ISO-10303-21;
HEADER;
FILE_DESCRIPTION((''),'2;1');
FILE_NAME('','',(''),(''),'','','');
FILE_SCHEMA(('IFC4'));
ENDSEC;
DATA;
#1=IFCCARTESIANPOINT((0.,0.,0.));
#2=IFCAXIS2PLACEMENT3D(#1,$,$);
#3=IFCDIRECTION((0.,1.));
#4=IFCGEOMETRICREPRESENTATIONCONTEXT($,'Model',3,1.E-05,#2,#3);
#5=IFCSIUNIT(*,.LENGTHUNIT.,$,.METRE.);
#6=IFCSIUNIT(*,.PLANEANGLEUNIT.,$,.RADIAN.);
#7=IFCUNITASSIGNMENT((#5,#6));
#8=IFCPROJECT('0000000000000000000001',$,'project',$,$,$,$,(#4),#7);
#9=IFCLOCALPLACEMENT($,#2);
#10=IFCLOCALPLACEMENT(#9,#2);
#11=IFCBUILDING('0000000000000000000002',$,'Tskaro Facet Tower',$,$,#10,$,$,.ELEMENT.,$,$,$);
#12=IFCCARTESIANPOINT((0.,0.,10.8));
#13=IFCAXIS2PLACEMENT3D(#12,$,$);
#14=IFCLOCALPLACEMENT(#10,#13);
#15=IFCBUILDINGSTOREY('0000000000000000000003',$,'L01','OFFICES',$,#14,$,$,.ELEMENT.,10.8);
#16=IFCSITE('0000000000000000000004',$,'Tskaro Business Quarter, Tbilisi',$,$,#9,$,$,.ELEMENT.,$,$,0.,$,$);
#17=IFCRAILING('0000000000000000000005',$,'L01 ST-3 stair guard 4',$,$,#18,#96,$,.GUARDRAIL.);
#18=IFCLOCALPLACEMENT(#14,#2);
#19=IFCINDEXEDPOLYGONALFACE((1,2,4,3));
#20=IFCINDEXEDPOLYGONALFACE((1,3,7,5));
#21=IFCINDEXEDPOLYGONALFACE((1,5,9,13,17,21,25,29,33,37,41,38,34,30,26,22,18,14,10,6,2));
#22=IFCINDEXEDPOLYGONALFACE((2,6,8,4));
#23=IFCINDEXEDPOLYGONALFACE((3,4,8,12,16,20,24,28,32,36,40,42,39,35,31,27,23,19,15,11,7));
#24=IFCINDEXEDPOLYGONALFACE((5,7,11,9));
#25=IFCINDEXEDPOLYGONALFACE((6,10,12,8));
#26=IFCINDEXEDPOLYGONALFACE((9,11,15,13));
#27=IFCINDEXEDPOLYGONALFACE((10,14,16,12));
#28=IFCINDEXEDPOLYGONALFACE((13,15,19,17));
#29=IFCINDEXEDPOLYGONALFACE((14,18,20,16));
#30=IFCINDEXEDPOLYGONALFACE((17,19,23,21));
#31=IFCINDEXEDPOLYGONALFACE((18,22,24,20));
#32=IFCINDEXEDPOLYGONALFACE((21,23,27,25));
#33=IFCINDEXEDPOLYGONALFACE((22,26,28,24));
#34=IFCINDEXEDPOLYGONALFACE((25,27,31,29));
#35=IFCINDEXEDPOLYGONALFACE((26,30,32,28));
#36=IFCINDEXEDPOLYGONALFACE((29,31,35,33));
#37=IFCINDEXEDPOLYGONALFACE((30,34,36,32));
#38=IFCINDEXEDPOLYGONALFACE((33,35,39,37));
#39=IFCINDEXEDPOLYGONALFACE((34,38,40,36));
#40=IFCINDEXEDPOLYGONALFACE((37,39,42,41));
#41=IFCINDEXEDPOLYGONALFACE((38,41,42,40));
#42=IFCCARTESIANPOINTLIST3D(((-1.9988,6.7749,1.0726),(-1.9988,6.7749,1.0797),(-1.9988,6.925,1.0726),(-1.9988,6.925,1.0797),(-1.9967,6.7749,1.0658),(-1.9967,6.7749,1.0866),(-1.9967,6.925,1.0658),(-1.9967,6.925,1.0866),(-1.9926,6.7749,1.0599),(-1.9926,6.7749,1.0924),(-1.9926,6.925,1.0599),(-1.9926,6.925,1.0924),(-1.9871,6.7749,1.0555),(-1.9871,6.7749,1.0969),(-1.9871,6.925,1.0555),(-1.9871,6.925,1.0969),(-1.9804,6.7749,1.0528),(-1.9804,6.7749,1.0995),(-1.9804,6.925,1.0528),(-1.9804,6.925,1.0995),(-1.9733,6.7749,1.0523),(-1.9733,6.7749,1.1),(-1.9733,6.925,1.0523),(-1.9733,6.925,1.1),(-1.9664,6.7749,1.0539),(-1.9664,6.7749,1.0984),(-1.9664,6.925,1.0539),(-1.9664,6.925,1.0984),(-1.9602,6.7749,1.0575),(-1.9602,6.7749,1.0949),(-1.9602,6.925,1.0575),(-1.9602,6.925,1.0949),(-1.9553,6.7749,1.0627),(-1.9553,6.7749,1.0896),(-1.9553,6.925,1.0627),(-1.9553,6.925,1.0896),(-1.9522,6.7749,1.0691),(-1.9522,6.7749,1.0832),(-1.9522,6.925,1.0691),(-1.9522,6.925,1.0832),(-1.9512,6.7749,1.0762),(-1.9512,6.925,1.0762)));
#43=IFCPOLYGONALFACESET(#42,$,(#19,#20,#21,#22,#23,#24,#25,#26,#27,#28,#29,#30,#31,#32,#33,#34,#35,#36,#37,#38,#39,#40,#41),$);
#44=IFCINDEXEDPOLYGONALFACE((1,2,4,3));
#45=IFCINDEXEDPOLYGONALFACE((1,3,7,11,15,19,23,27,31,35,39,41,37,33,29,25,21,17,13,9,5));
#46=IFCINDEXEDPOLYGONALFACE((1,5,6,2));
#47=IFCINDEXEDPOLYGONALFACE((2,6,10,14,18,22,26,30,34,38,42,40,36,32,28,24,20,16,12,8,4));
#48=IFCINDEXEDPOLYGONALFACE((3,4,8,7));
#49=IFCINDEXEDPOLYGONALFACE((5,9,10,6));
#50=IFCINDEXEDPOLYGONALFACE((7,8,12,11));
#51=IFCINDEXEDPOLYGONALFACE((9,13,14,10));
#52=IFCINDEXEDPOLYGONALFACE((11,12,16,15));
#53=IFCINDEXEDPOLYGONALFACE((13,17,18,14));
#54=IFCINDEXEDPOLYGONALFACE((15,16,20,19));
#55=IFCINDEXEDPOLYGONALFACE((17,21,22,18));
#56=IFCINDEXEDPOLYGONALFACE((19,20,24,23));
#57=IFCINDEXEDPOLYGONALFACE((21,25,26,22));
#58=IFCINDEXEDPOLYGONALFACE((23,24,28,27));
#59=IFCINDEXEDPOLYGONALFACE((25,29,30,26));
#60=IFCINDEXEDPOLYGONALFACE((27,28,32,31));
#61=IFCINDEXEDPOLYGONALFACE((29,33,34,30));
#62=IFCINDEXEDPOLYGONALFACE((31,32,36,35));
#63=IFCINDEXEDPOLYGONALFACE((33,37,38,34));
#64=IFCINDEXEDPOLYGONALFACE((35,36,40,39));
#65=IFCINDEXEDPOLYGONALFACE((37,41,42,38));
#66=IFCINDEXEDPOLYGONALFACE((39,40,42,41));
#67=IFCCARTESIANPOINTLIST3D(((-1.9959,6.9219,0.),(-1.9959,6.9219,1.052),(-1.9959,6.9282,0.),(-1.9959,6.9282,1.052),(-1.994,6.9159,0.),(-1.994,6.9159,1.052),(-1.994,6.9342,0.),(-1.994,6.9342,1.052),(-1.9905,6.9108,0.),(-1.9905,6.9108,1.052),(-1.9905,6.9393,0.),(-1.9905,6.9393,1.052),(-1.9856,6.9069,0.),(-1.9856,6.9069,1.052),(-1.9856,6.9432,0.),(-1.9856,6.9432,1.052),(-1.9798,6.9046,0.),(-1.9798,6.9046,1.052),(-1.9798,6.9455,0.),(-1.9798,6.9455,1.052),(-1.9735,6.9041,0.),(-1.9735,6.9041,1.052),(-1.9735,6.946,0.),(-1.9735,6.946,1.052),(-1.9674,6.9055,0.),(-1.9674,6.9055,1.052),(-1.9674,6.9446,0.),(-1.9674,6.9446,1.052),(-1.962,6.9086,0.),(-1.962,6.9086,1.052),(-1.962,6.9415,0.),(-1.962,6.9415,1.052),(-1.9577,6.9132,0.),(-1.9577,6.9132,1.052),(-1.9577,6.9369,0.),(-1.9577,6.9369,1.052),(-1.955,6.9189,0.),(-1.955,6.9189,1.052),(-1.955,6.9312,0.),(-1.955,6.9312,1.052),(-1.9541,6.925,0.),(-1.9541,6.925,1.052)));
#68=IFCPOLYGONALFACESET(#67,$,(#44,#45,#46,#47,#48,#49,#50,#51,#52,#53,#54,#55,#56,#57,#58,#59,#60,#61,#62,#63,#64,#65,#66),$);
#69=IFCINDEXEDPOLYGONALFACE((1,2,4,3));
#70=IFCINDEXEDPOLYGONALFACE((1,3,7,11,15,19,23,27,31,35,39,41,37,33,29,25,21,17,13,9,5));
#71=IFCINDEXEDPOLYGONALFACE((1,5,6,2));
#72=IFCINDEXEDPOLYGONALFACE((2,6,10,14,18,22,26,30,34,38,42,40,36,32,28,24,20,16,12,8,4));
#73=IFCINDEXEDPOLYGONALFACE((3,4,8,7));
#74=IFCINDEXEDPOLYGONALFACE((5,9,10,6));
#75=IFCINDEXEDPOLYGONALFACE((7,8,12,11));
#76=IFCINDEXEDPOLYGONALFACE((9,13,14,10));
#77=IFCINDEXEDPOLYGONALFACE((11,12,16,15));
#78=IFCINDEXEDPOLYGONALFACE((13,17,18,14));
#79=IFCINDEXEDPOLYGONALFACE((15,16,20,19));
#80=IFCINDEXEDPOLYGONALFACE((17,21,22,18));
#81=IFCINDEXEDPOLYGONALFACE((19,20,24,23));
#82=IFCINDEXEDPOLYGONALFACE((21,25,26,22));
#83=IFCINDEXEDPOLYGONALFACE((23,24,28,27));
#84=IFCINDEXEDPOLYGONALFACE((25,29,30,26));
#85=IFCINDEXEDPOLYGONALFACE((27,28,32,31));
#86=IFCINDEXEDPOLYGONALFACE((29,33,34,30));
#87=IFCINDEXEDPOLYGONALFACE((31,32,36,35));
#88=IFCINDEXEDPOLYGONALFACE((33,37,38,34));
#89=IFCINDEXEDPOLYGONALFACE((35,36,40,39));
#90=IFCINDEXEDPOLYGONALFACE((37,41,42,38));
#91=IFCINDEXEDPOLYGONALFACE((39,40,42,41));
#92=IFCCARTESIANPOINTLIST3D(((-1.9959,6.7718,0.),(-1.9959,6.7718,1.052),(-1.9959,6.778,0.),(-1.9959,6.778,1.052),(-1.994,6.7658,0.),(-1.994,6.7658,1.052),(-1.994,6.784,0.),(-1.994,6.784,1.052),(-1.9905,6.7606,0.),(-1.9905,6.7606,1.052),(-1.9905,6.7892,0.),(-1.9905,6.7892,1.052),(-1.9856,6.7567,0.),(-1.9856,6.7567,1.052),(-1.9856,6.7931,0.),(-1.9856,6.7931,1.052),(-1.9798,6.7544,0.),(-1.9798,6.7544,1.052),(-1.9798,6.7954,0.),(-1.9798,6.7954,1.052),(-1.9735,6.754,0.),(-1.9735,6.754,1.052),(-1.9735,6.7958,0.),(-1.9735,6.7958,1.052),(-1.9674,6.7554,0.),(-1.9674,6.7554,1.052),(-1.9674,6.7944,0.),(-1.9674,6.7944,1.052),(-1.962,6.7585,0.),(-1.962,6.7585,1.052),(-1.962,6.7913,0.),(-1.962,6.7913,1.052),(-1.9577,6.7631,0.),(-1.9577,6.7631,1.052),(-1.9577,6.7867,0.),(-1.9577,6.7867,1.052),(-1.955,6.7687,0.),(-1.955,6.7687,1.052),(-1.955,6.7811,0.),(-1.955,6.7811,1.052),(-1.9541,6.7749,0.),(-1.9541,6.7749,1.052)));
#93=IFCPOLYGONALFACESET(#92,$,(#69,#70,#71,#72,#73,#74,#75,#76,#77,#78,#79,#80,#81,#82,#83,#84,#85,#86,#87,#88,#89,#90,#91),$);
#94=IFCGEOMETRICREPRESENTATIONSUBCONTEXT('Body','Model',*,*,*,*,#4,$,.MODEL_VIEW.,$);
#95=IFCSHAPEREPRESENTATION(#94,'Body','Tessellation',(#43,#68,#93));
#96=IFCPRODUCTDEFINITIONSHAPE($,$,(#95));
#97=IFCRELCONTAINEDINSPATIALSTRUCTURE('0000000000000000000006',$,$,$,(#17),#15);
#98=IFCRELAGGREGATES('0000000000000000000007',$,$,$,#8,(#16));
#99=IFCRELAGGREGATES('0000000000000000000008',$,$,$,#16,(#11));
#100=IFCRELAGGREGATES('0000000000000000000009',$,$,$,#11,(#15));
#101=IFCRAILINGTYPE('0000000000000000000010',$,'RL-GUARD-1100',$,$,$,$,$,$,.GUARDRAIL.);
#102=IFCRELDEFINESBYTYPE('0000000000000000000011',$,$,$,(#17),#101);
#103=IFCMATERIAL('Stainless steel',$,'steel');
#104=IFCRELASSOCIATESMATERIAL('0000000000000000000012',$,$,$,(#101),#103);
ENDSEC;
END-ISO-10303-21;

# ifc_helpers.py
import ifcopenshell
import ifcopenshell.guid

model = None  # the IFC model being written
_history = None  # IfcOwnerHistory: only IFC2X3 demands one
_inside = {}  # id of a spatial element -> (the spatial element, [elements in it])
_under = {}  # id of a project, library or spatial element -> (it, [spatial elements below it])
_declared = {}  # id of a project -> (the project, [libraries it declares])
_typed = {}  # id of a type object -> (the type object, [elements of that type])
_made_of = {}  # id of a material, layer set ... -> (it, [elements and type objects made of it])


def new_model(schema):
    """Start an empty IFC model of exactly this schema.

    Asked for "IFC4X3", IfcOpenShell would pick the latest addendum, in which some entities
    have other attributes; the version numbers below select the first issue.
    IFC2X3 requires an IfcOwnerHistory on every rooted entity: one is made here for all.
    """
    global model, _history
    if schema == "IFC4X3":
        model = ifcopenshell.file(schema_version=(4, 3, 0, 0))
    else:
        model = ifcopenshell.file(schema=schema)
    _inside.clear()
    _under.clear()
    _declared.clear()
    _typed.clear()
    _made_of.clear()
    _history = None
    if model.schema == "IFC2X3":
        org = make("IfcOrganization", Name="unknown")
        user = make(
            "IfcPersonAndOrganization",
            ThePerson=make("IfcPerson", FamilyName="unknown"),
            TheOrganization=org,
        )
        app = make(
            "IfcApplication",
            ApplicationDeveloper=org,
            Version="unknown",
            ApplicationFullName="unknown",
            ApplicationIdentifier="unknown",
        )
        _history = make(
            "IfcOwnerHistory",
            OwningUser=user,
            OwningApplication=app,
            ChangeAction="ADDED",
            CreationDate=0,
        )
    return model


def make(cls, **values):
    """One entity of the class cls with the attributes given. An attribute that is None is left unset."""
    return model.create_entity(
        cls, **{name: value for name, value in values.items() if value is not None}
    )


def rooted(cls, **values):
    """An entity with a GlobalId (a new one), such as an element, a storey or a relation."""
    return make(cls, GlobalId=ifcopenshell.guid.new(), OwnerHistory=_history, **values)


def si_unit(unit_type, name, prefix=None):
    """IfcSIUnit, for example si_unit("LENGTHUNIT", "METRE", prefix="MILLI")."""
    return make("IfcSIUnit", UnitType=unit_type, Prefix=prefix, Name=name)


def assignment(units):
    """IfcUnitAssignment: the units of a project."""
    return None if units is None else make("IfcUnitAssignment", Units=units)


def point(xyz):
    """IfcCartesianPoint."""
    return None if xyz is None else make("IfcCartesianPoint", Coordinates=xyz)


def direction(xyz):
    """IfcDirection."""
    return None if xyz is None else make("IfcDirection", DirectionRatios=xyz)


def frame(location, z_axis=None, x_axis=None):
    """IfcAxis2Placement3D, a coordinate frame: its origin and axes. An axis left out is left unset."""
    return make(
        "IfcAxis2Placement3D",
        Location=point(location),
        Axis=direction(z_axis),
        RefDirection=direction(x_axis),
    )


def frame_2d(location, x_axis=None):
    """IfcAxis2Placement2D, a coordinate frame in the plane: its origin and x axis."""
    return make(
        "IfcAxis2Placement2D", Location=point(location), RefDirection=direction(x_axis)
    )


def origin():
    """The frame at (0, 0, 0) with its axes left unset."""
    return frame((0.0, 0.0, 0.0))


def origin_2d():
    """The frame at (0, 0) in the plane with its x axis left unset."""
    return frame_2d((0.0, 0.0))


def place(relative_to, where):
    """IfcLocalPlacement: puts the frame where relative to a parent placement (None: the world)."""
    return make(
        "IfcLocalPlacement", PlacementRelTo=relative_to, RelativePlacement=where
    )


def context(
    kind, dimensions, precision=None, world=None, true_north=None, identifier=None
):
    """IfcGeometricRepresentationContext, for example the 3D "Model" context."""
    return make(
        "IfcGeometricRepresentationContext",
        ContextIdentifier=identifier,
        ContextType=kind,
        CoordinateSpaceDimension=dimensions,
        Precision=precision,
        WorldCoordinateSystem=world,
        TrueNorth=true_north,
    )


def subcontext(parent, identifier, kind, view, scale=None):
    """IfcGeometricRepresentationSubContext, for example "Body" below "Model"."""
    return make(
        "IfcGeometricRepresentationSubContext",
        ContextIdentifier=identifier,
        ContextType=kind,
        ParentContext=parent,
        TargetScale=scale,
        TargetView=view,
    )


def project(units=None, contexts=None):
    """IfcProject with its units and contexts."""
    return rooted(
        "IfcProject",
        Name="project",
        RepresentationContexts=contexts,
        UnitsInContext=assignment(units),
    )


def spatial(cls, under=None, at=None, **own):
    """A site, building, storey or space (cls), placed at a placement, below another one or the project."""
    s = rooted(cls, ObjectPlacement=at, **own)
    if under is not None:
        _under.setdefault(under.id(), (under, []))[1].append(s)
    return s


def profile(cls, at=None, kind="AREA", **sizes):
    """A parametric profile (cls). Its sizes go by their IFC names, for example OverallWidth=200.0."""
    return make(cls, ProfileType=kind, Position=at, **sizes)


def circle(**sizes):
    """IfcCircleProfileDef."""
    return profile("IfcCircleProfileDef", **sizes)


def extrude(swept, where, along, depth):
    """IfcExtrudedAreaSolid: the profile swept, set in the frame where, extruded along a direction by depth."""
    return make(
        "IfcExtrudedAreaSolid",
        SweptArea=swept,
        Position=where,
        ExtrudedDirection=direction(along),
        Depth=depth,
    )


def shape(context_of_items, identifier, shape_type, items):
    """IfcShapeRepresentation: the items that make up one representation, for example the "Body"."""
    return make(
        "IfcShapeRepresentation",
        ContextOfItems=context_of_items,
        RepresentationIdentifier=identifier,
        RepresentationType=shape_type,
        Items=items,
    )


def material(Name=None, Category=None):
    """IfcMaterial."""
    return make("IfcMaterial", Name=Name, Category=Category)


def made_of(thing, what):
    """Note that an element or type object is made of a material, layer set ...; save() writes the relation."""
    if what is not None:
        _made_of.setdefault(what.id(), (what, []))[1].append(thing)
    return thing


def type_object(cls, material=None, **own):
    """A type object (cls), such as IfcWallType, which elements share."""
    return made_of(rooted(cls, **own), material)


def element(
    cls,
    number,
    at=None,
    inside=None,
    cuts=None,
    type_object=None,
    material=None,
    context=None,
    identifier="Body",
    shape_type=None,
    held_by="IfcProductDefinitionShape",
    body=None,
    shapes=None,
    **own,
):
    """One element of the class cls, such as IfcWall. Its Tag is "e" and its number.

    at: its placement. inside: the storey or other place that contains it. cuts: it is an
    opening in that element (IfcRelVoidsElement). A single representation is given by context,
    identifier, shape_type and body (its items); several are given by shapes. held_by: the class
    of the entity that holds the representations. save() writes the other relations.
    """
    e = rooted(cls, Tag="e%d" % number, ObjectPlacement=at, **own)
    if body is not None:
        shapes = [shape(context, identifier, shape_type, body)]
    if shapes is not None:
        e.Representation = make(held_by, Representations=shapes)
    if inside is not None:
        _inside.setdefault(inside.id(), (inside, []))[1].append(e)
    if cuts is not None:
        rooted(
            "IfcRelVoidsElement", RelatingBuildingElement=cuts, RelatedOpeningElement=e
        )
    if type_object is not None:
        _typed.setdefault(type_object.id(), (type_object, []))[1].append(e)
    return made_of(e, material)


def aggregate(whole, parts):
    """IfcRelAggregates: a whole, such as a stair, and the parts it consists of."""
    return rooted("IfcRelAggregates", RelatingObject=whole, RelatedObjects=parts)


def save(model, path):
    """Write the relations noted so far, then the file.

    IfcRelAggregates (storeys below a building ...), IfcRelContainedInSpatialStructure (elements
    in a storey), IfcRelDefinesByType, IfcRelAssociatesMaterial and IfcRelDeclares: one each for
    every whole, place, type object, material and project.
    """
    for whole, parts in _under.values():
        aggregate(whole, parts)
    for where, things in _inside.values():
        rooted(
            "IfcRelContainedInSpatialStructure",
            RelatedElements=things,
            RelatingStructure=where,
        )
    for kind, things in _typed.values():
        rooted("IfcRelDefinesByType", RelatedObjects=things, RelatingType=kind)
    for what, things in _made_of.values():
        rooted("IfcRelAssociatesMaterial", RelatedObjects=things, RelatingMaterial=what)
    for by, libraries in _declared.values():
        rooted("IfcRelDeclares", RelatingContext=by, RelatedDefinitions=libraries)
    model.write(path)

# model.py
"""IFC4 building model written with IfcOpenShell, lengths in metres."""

from ifc_helpers import new_model, si_unit, direction, frame, origin, origin_2d, place, context, subcontext, project, spatial, circle, extrude, material, type_object, element, save


model = new_model("IFC4")

# Units and contexts
model_context = context("Model", 3, precision=1e-05, world=origin(), true_north=direction((0.0, 1.0)))
body_context = subcontext(model_context, "Body", "Model", "MODEL_VIEW")
ifc_project = project(units=[si_unit("LENGTHUNIT", "METRE"), si_unit("PLANEANGLEUNIT", "RADIAN")], contexts=[model_context])

# Site, building, storey
site_placement = place(None, origin())
site = spatial("IfcSite", under=ifc_project, at=site_placement, Name="Tskaro Business Quarter, Tbilisi", CompositionType="ELEMENT", RefElevation=0.0)
building_placement = place(site_placement, origin())
building = spatial("IfcBuilding", under=site, at=building_placement, Name="Tskaro Facet Tower", CompositionType="ELEMENT")
storey_placement = place(building_placement, frame((0.0, 0.0, 10.8)))
storey = spatial("IfcBuildingStorey", under=building, at=storey_placement, Name="L01", Description="OFFICES", CompositionType="ELEMENT", Elevation=10.8)

# Railing
ifc_material_1 = material(Name="Stainless steel", Category="steel")
railing_type_1 = type_object("IfcRailingType", Name="RL-GUARD-1100", PredefinedType="GUARDRAIL", material=ifc_material_1)
railing_1_placement = place(storey_placement, frame((-1.9751, 6.925, 0.0)))
element("IfcRailing", 1, at=railing_1_placement, inside=storey, type_object=railing_type_1, Name="L01 ST-3 stair guard 4", PredefinedType="GUARDRAIL", context=body_context, shape_type="SweptSolid", body=[
    extrude(circle(Radius=0.0239, at=origin_2d()), frame((0.0, 0.0, 1.0762), z_axis=(0.0, -1.0, 0.0), x_axis=(1.0, 0.0, 0.0)), (0.0, 0.0, 1.0), 0.1501),
    extrude(circle(Radius=0.021, at=origin_2d()), origin(), (0.0, 0.0, 1.0), 1.052),
    extrude(circle(Radius=0.021, at=origin_2d()), frame((0.0, -0.1501, 0.0)), (0.0, 0.0, 1.0), 1.052),
])

save(model, "model.ifc")
